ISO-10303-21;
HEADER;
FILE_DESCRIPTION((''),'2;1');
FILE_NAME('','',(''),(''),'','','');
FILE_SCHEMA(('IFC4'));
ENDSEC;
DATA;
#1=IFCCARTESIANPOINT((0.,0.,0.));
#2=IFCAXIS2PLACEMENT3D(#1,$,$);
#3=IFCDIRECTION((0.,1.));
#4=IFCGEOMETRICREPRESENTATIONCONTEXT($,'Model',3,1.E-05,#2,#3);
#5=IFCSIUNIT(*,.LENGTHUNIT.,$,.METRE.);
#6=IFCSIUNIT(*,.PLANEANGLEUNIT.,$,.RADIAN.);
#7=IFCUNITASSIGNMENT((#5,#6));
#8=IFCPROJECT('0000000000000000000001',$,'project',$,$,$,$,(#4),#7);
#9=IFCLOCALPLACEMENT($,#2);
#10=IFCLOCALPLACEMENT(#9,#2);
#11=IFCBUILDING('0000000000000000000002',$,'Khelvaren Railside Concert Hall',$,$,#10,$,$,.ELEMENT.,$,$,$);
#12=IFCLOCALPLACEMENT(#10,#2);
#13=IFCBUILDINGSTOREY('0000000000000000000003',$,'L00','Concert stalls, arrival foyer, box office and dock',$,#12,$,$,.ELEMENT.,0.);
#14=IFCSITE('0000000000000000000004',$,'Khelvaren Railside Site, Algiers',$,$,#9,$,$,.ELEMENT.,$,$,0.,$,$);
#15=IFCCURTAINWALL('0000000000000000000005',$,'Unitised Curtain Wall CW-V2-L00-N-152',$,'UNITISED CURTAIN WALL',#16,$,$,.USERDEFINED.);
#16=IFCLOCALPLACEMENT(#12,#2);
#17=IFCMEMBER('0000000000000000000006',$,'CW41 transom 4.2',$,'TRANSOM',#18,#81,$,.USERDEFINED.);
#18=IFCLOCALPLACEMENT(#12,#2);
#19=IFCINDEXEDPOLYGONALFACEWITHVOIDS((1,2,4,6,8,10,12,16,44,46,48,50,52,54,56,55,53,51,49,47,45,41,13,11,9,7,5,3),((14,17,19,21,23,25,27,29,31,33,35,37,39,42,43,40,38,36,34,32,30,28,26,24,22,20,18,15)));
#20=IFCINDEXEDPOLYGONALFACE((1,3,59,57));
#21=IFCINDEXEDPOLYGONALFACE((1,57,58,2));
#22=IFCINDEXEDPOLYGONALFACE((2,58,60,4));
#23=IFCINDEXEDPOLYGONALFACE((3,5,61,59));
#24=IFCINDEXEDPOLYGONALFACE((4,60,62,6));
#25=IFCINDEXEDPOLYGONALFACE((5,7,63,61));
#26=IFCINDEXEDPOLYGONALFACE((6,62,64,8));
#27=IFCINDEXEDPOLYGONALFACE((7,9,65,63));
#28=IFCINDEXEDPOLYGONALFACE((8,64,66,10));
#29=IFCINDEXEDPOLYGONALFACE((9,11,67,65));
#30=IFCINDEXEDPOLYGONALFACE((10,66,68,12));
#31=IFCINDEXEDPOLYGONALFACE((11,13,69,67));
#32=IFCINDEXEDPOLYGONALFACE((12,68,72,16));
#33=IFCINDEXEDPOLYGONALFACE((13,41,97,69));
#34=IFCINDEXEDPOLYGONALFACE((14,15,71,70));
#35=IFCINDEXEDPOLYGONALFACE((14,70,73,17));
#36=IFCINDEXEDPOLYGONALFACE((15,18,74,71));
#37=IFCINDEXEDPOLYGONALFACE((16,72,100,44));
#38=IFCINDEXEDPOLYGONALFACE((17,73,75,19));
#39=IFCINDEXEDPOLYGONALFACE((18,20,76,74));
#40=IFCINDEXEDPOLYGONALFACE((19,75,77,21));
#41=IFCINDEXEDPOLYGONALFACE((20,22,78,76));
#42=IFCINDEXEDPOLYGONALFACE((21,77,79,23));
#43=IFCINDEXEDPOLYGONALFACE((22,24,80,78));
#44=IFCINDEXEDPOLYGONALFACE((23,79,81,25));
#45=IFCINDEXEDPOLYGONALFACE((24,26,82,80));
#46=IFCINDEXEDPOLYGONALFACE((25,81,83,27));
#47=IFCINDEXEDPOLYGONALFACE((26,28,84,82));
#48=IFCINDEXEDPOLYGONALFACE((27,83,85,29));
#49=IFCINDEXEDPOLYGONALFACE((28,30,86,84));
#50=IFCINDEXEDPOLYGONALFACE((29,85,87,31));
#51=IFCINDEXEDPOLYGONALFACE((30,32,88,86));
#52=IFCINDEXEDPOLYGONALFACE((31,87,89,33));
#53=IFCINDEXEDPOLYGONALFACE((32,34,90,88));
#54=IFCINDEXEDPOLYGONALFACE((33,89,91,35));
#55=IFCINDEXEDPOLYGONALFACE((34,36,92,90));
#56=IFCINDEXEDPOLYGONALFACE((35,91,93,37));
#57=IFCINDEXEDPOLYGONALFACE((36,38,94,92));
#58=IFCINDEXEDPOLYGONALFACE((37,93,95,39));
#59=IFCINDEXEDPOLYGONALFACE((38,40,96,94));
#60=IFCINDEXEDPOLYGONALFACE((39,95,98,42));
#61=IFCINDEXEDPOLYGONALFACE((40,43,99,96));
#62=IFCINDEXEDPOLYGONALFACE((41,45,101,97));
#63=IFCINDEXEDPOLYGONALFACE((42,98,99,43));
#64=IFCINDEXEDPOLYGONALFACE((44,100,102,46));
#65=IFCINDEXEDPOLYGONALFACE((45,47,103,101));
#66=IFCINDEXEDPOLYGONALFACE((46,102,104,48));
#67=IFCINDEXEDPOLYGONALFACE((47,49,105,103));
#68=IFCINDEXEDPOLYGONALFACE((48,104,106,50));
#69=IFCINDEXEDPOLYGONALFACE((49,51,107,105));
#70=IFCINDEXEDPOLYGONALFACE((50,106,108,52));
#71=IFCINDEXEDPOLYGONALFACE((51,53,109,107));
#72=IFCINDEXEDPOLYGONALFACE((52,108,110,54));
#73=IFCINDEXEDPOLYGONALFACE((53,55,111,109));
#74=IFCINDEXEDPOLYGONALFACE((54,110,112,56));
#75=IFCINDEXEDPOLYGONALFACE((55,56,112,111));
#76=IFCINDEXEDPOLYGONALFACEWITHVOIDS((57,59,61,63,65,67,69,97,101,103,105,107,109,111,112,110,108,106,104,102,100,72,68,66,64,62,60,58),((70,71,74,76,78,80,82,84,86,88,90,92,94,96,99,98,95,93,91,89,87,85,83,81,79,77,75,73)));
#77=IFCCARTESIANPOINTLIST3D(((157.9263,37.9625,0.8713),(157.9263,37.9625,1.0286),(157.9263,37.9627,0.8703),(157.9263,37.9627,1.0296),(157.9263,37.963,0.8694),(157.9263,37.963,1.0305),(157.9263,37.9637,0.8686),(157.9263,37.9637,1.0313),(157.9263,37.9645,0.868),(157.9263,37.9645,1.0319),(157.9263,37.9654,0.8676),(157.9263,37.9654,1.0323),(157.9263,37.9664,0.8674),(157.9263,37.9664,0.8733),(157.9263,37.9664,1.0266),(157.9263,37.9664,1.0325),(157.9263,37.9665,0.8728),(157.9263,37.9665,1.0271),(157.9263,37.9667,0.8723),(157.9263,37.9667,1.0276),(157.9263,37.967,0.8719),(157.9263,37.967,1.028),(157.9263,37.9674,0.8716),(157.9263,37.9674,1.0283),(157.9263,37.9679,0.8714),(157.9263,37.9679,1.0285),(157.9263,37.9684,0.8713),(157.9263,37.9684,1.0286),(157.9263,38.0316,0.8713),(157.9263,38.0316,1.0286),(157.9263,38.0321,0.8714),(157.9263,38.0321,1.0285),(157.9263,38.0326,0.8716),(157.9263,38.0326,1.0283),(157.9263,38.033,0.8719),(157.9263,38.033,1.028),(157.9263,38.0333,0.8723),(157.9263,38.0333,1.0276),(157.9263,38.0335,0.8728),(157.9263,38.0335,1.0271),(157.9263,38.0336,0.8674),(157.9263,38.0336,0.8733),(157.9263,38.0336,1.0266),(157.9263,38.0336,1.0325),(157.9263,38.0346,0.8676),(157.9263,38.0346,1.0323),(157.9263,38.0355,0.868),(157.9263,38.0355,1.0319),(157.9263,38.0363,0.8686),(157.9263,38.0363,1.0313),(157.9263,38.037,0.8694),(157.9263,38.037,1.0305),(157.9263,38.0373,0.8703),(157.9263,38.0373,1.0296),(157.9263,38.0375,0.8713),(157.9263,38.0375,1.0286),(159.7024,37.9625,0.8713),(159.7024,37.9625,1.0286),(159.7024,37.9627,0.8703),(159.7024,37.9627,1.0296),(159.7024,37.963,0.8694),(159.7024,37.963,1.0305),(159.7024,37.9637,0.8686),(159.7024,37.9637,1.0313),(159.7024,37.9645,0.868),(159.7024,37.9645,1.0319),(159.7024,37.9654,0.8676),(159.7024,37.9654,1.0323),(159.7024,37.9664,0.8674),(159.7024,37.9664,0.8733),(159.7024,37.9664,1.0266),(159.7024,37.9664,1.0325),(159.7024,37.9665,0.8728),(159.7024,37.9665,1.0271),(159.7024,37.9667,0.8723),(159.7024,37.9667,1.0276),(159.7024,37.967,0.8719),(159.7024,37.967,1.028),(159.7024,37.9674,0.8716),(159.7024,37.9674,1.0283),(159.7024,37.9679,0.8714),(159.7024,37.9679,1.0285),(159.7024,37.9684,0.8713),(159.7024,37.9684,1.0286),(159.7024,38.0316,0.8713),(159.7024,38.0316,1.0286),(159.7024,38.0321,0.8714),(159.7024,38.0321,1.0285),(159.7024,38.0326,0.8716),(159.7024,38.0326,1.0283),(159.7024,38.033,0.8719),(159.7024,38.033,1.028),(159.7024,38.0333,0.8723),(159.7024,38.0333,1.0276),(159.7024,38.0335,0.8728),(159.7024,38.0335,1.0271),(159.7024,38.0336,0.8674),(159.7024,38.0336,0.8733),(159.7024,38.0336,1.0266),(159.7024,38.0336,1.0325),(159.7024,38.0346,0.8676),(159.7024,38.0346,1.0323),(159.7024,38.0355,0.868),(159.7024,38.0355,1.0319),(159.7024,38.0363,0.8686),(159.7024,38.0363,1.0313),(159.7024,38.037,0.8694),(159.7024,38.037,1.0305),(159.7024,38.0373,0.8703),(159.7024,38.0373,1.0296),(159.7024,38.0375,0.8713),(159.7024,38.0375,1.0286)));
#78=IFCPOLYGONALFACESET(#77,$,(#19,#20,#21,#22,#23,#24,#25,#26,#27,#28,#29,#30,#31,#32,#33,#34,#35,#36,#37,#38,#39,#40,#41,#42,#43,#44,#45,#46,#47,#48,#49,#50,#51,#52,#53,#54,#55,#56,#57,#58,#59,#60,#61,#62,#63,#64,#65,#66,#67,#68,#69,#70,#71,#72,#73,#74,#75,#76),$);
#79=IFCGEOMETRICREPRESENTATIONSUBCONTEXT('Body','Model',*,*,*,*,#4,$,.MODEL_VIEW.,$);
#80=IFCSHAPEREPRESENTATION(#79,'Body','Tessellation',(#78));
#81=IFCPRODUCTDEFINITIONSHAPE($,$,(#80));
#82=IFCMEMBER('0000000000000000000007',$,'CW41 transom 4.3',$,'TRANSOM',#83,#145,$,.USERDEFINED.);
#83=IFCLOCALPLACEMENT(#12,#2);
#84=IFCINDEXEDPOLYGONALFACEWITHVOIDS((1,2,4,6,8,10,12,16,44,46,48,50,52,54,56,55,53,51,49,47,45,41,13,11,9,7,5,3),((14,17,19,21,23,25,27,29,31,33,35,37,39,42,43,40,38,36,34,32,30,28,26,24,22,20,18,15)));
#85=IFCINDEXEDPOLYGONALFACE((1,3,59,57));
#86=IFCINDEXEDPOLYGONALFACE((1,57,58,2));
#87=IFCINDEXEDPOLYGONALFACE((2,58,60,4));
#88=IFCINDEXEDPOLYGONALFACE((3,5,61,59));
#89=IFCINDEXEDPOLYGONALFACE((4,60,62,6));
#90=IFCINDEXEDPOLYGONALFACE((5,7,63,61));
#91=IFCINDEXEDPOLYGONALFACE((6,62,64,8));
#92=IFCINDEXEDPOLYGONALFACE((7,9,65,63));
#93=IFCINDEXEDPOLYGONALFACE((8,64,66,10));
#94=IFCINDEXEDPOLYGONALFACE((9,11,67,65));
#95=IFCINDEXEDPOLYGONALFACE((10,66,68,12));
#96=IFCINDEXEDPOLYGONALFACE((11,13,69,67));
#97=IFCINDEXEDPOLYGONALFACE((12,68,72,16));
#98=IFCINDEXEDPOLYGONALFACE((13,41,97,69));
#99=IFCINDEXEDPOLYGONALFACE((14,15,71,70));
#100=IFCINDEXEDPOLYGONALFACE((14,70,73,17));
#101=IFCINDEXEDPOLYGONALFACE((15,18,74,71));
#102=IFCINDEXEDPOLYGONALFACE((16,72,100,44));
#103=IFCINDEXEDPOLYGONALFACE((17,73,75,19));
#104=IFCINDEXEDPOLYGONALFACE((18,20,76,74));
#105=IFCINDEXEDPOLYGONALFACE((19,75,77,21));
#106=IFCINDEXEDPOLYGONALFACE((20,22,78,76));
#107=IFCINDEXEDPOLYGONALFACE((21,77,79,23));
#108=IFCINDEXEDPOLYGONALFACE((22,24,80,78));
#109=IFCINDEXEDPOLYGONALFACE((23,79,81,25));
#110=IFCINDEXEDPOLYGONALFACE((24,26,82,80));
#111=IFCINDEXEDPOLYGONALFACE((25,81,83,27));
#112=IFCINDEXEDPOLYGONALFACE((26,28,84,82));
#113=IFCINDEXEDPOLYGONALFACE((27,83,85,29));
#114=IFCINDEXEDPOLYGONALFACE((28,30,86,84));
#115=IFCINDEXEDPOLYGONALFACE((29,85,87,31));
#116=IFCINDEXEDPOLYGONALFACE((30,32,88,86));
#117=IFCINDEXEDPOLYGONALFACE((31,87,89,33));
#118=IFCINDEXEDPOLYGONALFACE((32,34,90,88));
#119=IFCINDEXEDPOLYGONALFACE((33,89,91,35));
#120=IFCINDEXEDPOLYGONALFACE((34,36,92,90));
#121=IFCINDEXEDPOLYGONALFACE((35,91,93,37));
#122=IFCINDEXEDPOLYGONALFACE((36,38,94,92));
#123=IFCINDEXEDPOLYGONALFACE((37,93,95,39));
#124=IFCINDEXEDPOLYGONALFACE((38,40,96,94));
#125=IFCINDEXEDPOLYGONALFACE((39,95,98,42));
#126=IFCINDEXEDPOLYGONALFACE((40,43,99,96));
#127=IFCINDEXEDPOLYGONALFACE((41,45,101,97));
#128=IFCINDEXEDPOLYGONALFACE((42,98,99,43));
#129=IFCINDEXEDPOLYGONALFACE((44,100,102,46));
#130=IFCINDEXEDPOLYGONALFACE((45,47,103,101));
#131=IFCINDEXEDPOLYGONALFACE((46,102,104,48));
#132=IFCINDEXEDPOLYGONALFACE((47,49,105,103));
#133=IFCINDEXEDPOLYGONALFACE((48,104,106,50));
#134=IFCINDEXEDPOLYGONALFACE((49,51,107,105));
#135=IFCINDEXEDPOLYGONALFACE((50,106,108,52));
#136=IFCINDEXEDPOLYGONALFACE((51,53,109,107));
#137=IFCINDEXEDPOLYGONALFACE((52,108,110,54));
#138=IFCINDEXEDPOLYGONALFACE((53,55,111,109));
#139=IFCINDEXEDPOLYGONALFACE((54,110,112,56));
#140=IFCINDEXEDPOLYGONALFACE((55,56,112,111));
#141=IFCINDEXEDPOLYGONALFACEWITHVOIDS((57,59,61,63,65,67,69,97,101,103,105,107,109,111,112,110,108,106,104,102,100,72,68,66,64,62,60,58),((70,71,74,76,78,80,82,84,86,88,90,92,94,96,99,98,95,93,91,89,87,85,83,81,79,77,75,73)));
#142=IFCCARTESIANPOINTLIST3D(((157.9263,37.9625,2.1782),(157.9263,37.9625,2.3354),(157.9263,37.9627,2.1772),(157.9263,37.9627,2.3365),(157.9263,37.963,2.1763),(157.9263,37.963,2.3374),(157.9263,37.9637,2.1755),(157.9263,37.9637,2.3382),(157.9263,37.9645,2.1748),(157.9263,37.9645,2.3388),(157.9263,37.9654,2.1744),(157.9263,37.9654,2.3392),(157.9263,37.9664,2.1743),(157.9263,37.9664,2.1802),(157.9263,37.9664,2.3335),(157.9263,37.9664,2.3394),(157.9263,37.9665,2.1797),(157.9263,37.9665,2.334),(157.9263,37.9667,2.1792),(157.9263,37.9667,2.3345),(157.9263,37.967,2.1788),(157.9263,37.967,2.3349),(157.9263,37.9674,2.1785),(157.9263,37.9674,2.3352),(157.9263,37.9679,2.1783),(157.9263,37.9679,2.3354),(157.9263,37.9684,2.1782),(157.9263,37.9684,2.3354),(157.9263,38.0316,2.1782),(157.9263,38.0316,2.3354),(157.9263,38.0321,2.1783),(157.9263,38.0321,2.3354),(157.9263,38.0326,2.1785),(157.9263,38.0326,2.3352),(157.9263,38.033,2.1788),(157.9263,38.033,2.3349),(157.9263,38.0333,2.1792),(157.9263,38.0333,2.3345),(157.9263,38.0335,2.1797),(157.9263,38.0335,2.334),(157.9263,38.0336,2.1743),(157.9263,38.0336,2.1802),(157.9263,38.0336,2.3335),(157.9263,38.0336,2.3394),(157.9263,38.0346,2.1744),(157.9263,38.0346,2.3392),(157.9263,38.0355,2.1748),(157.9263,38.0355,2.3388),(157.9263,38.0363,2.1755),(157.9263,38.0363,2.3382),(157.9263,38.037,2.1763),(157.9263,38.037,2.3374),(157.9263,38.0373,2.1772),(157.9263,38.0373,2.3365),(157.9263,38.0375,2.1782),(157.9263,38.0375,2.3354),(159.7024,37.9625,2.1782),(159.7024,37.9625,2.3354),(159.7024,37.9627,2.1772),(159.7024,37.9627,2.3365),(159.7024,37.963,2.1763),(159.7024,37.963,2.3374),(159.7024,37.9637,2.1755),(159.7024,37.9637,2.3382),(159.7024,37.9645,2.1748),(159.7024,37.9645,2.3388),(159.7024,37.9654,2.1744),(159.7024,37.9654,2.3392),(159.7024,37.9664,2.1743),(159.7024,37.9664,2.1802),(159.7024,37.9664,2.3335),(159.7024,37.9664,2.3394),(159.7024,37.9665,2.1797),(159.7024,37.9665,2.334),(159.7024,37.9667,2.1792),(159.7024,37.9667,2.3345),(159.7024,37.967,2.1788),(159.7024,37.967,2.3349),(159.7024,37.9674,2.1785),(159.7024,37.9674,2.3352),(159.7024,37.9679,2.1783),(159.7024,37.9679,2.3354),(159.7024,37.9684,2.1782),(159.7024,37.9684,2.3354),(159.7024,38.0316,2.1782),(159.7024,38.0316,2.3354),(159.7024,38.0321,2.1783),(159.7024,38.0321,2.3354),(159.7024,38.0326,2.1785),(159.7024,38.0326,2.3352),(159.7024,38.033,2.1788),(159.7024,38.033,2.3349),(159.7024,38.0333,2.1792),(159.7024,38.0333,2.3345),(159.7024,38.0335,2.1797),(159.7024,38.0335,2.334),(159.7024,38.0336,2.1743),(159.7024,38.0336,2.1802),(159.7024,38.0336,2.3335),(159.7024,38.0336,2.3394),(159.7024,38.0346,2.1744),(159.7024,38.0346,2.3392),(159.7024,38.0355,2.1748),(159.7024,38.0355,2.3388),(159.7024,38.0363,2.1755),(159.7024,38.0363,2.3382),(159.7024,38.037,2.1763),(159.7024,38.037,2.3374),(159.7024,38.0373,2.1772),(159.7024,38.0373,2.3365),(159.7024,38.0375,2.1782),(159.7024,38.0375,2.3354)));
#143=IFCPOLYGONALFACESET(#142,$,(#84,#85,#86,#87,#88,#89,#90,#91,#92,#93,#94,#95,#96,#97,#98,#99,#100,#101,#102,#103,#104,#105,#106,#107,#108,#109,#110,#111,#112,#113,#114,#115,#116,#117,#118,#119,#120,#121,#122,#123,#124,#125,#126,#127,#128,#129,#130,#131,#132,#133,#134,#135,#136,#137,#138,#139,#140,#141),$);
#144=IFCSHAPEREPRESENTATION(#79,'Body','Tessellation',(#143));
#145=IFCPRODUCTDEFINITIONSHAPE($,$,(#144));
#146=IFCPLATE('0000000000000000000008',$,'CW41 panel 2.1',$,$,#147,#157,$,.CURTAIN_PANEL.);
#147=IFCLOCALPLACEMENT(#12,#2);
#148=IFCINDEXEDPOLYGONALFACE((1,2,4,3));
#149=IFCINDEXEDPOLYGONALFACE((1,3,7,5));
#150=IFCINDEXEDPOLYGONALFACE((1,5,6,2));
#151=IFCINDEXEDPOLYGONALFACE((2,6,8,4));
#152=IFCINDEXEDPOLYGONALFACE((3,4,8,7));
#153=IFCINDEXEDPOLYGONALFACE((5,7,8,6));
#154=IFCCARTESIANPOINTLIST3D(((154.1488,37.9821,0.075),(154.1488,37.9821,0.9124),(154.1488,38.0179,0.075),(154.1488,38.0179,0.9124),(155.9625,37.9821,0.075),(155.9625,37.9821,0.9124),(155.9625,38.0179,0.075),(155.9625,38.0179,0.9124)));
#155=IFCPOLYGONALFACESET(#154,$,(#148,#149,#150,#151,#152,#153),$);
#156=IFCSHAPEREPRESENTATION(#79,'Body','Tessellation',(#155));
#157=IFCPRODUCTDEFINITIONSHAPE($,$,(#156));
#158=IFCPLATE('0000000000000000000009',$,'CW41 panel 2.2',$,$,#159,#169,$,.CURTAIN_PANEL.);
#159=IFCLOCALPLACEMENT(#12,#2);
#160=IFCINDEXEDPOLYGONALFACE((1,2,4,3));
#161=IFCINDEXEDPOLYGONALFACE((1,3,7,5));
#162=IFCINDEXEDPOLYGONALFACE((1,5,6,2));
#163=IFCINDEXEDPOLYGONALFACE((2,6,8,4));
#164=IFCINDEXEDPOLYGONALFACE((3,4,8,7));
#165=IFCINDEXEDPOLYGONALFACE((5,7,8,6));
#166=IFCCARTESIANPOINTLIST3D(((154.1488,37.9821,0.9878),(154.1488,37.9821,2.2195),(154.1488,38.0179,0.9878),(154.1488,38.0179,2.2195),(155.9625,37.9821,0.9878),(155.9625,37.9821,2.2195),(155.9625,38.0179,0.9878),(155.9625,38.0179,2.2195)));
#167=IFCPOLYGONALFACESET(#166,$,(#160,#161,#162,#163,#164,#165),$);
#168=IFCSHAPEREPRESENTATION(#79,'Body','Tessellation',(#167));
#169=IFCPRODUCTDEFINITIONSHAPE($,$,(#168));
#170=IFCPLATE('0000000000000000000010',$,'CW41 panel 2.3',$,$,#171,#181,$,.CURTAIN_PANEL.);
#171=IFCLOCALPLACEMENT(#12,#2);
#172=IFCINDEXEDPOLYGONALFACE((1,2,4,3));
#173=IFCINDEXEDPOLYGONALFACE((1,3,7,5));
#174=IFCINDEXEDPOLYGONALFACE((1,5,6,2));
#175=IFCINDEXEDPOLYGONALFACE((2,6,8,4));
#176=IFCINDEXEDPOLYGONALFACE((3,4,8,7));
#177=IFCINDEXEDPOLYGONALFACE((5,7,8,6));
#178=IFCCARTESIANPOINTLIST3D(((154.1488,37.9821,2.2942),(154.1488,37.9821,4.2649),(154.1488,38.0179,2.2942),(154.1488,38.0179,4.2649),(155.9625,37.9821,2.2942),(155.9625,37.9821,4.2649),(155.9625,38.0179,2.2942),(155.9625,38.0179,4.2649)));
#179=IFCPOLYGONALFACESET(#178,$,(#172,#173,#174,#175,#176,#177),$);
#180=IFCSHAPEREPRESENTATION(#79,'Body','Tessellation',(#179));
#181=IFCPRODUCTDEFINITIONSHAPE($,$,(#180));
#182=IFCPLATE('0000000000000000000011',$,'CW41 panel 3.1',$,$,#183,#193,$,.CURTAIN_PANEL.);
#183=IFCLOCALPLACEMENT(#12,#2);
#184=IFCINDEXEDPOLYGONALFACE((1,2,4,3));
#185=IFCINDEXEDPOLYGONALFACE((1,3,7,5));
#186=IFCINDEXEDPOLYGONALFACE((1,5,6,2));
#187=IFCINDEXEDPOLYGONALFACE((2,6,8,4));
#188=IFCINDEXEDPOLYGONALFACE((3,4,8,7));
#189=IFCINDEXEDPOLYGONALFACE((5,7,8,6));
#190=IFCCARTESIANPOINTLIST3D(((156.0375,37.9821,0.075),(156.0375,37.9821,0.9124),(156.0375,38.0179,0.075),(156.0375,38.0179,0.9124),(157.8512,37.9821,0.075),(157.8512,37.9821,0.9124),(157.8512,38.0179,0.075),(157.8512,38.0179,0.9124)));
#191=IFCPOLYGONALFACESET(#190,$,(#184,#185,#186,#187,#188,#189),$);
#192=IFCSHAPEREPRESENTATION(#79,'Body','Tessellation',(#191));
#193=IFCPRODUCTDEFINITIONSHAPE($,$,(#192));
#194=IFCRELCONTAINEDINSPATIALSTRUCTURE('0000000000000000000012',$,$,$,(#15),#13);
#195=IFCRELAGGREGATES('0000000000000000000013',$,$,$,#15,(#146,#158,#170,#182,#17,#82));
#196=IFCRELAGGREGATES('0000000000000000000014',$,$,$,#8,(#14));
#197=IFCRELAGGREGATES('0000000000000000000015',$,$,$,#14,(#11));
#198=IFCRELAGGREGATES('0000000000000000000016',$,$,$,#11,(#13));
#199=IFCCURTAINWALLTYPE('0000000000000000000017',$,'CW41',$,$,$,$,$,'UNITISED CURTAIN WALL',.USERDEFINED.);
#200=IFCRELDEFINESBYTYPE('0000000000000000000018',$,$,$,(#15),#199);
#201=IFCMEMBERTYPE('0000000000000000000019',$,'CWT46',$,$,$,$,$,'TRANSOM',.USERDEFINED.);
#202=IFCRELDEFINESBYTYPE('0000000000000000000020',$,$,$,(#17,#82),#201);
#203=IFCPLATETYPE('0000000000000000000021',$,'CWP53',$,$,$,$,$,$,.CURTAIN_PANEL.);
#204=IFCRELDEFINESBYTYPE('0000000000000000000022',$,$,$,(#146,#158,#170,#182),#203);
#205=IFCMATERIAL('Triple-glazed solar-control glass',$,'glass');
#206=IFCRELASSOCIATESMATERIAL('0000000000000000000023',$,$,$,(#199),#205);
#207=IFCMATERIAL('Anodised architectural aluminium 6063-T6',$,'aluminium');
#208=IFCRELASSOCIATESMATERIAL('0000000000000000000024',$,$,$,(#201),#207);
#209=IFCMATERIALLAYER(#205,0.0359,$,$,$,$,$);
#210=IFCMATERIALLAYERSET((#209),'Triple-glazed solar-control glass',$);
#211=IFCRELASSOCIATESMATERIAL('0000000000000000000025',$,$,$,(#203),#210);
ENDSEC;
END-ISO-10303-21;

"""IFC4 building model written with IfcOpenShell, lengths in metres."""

from ifc_helpers import new_model, si_unit, direction, frame, origin, origin_2d, place, context, subcontext, project, spatial, rectangle, hollow_rectangle, extrude, material, layer, layer_set, material_profile, profile_set, type_object, element, aggregate, save


model = new_model("IFC4")

# Units and contexts
model_context = context("Model", 3, precision=1e-05, world=origin(), true_north=direction((0.0, 1.0)))
body_context = subcontext(model_context, "Body", "Model", "MODEL_VIEW")
ifc_project = project(units=[si_unit("LENGTHUNIT", "METRE"), si_unit("PLANEANGLEUNIT", "RADIAN")], contexts=[model_context])

# Site, building, storey
site_placement = place(None, origin())
site = spatial("IfcSite", under=ifc_project, at=site_placement, Name="Khelvaren Railside Site, Algiers", CompositionType="ELEMENT", RefElevation=0.0)
building_placement = place(site_placement, origin())
building = spatial("IfcBuilding", under=site, at=building_placement, Name="Khelvaren Railside Concert Hall", CompositionType="ELEMENT")
storey_placement = place(building_placement, origin())
storey = spatial("IfcBuildingStorey", under=building, at=storey_placement, Name="L00", Description="Concert stalls, arrival foyer, box office and dock", CompositionType="ELEMENT", Elevation=0.0)

# Curtain wall, members, plates
ifc_material_1 = material(Name="Triple-glazed solar-control glass", Category="glass")
curtain_wall_type = type_object("IfcCurtainWallType", Name="CW41", ElementType="UNITISED CURTAIN WALL", PredefinedType="USERDEFINED", material=ifc_material_1)
curtain_wall_placement = place(storey_placement, origin())
curtain_wall = element("IfcCurtainWall", 1, at=curtain_wall_placement, inside=storey, type_object=curtain_wall_type, Name="Unitised Curtain Wall CW-V2-L00-N-152", ObjectType="UNITISED CURTAIN WALL", PredefinedType="USERDEFINED")
ifc_material_2 = material(Name="Anodised architectural aluminium 6063-T6", Category="aluminium")
ifc_material_profile_1 = material_profile(ifc_material_2, hollow_rectangle(XDim=0.075, YDim=0.165, WallThickness=0.0039, InnerFilletRadius=0.002, OuterFilletRadius=0.0039, at=origin_2d()), Name="CWT 75x165x4")
ifc_profile_set_1 = profile_set([ifc_material_profile_1], Name="Anodised architectural aluminium 6063-T6")
member_type_1 = type_object("IfcMemberType", Name="CWT46", ElementType="TRANSOM", PredefinedType="USERDEFINED", material=ifc_profile_set_1)
member_1_placement = place(storey_placement, frame((157.9263, 38.0, 0.95), z_axis=(1.0, 0.0, 0.0), x_axis=(0.0, 1.0, 0.0)))
member_1 = element("IfcMember", 2, at=member_1_placement, type_object=member_type_1, Name="CW41 transom 4.2", ObjectType="TRANSOM", PredefinedType="USERDEFINED", context=body_context, shape_type="SweptSolid", body=[
    extrude(hollow_rectangle(XDim=0.075, YDim=0.165, WallThickness=0.0039, InnerFilletRadius=0.002, OuterFilletRadius=0.0039, at=origin_2d()), origin(), (0.0, 0.0, 1.0), 1.7761),
])
member_2_placement = place(storey_placement, frame((157.9263, 38.0, 2.2568), z_axis=(1.0, 0.0, 0.0), x_axis=(0.0, 1.0, 0.0)))
member_2 = element("IfcMember", 3, at=member_2_placement, type_object=member_type_1, Name="CW41 transom 4.3", ObjectType="TRANSOM", PredefinedType="USERDEFINED", context=body_context, shape_type="SweptSolid", body=[
    extrude(hollow_rectangle(XDim=0.075, YDim=0.165, WallThickness=0.0039, InnerFilletRadius=0.002, OuterFilletRadius=0.0039, at=origin_2d()), origin(), (0.0, 0.0, 1.0), 1.7761),
])
ifc_layer = layer(ifc_material_1, 0.0359)
ifc_layer_set = layer_set([ifc_layer], Name="Triple-glazed solar-control glass")
plate_type = type_object("IfcPlateType", Name="CWP53", PredefinedType="CURTAIN_PANEL", material=ifc_layer_set)
plate_1_placement = place(storey_placement, frame((155.0557, 38.0, 0.075), z_axis=(0.0, 0.0, 1.0), x_axis=(1.0, 0.0, 0.0)))
plate_1 = element("IfcPlate", 4, at=plate_1_placement, type_object=plate_type, Name="CW41 panel 2.1", PredefinedType="CURTAIN_PANEL", context=body_context, shape_type="SweptSolid", body=[
    extrude(rectangle(XDim=1.8137, YDim=0.0359, at=origin_2d()), origin(), (0.0, 0.0, 1.0), 0.8374),
])
plate_2_placement = place(storey_placement, frame((155.0557, 38.0, 0.9878), z_axis=(0.0, 0.0, 1.0), x_axis=(1.0, 0.0, 0.0)))
plate_2 = element("IfcPlate", 5, at=plate_2_placement, type_object=plate_type, Name="CW41 panel 2.2", PredefinedType="CURTAIN_PANEL", context=body_context, shape_type="SweptSolid", body=[
    extrude(rectangle(XDim=1.8137, YDim=0.0359, at=origin_2d()), origin(), (0.0, 0.0, 1.0), 1.2317),
])
plate_3_placement = place(storey_placement, frame((155.0557, 38.0, 2.2942), z_axis=(0.0, 0.0, 1.0), x_axis=(1.0, 0.0, 0.0)))
plate_3 = element("IfcPlate", 6, at=plate_3_placement, type_object=plate_type, Name="CW41 panel 2.3", PredefinedType="CURTAIN_PANEL", context=body_context, shape_type="SweptSolid", body=[
    extrude(rectangle(XDim=1.8137, YDim=0.0359, at=origin_2d()), origin(), (0.0, 0.0, 1.0), 1.9707),
])
plate_4_placement = place(storey_placement, frame((156.9443, 38.0, 0.075), z_axis=(0.0, 0.0, 1.0), x_axis=(1.0, 0.0, 0.0)))
plate_4 = element("IfcPlate", 7, at=plate_4_placement, type_object=plate_type, Name="CW41 panel 3.1", PredefinedType="CURTAIN_PANEL", context=body_context, shape_type="SweptSolid", body=[
    extrude(rectangle(XDim=1.8137, YDim=0.0359, at=origin_2d()), origin(), (0.0, 0.0, 1.0), 0.8374),
])
aggregate(curtain_wall, [plate_1, plate_2, plate_3, plate_4, member_1, member_2])

save(model, "model.ifc")
